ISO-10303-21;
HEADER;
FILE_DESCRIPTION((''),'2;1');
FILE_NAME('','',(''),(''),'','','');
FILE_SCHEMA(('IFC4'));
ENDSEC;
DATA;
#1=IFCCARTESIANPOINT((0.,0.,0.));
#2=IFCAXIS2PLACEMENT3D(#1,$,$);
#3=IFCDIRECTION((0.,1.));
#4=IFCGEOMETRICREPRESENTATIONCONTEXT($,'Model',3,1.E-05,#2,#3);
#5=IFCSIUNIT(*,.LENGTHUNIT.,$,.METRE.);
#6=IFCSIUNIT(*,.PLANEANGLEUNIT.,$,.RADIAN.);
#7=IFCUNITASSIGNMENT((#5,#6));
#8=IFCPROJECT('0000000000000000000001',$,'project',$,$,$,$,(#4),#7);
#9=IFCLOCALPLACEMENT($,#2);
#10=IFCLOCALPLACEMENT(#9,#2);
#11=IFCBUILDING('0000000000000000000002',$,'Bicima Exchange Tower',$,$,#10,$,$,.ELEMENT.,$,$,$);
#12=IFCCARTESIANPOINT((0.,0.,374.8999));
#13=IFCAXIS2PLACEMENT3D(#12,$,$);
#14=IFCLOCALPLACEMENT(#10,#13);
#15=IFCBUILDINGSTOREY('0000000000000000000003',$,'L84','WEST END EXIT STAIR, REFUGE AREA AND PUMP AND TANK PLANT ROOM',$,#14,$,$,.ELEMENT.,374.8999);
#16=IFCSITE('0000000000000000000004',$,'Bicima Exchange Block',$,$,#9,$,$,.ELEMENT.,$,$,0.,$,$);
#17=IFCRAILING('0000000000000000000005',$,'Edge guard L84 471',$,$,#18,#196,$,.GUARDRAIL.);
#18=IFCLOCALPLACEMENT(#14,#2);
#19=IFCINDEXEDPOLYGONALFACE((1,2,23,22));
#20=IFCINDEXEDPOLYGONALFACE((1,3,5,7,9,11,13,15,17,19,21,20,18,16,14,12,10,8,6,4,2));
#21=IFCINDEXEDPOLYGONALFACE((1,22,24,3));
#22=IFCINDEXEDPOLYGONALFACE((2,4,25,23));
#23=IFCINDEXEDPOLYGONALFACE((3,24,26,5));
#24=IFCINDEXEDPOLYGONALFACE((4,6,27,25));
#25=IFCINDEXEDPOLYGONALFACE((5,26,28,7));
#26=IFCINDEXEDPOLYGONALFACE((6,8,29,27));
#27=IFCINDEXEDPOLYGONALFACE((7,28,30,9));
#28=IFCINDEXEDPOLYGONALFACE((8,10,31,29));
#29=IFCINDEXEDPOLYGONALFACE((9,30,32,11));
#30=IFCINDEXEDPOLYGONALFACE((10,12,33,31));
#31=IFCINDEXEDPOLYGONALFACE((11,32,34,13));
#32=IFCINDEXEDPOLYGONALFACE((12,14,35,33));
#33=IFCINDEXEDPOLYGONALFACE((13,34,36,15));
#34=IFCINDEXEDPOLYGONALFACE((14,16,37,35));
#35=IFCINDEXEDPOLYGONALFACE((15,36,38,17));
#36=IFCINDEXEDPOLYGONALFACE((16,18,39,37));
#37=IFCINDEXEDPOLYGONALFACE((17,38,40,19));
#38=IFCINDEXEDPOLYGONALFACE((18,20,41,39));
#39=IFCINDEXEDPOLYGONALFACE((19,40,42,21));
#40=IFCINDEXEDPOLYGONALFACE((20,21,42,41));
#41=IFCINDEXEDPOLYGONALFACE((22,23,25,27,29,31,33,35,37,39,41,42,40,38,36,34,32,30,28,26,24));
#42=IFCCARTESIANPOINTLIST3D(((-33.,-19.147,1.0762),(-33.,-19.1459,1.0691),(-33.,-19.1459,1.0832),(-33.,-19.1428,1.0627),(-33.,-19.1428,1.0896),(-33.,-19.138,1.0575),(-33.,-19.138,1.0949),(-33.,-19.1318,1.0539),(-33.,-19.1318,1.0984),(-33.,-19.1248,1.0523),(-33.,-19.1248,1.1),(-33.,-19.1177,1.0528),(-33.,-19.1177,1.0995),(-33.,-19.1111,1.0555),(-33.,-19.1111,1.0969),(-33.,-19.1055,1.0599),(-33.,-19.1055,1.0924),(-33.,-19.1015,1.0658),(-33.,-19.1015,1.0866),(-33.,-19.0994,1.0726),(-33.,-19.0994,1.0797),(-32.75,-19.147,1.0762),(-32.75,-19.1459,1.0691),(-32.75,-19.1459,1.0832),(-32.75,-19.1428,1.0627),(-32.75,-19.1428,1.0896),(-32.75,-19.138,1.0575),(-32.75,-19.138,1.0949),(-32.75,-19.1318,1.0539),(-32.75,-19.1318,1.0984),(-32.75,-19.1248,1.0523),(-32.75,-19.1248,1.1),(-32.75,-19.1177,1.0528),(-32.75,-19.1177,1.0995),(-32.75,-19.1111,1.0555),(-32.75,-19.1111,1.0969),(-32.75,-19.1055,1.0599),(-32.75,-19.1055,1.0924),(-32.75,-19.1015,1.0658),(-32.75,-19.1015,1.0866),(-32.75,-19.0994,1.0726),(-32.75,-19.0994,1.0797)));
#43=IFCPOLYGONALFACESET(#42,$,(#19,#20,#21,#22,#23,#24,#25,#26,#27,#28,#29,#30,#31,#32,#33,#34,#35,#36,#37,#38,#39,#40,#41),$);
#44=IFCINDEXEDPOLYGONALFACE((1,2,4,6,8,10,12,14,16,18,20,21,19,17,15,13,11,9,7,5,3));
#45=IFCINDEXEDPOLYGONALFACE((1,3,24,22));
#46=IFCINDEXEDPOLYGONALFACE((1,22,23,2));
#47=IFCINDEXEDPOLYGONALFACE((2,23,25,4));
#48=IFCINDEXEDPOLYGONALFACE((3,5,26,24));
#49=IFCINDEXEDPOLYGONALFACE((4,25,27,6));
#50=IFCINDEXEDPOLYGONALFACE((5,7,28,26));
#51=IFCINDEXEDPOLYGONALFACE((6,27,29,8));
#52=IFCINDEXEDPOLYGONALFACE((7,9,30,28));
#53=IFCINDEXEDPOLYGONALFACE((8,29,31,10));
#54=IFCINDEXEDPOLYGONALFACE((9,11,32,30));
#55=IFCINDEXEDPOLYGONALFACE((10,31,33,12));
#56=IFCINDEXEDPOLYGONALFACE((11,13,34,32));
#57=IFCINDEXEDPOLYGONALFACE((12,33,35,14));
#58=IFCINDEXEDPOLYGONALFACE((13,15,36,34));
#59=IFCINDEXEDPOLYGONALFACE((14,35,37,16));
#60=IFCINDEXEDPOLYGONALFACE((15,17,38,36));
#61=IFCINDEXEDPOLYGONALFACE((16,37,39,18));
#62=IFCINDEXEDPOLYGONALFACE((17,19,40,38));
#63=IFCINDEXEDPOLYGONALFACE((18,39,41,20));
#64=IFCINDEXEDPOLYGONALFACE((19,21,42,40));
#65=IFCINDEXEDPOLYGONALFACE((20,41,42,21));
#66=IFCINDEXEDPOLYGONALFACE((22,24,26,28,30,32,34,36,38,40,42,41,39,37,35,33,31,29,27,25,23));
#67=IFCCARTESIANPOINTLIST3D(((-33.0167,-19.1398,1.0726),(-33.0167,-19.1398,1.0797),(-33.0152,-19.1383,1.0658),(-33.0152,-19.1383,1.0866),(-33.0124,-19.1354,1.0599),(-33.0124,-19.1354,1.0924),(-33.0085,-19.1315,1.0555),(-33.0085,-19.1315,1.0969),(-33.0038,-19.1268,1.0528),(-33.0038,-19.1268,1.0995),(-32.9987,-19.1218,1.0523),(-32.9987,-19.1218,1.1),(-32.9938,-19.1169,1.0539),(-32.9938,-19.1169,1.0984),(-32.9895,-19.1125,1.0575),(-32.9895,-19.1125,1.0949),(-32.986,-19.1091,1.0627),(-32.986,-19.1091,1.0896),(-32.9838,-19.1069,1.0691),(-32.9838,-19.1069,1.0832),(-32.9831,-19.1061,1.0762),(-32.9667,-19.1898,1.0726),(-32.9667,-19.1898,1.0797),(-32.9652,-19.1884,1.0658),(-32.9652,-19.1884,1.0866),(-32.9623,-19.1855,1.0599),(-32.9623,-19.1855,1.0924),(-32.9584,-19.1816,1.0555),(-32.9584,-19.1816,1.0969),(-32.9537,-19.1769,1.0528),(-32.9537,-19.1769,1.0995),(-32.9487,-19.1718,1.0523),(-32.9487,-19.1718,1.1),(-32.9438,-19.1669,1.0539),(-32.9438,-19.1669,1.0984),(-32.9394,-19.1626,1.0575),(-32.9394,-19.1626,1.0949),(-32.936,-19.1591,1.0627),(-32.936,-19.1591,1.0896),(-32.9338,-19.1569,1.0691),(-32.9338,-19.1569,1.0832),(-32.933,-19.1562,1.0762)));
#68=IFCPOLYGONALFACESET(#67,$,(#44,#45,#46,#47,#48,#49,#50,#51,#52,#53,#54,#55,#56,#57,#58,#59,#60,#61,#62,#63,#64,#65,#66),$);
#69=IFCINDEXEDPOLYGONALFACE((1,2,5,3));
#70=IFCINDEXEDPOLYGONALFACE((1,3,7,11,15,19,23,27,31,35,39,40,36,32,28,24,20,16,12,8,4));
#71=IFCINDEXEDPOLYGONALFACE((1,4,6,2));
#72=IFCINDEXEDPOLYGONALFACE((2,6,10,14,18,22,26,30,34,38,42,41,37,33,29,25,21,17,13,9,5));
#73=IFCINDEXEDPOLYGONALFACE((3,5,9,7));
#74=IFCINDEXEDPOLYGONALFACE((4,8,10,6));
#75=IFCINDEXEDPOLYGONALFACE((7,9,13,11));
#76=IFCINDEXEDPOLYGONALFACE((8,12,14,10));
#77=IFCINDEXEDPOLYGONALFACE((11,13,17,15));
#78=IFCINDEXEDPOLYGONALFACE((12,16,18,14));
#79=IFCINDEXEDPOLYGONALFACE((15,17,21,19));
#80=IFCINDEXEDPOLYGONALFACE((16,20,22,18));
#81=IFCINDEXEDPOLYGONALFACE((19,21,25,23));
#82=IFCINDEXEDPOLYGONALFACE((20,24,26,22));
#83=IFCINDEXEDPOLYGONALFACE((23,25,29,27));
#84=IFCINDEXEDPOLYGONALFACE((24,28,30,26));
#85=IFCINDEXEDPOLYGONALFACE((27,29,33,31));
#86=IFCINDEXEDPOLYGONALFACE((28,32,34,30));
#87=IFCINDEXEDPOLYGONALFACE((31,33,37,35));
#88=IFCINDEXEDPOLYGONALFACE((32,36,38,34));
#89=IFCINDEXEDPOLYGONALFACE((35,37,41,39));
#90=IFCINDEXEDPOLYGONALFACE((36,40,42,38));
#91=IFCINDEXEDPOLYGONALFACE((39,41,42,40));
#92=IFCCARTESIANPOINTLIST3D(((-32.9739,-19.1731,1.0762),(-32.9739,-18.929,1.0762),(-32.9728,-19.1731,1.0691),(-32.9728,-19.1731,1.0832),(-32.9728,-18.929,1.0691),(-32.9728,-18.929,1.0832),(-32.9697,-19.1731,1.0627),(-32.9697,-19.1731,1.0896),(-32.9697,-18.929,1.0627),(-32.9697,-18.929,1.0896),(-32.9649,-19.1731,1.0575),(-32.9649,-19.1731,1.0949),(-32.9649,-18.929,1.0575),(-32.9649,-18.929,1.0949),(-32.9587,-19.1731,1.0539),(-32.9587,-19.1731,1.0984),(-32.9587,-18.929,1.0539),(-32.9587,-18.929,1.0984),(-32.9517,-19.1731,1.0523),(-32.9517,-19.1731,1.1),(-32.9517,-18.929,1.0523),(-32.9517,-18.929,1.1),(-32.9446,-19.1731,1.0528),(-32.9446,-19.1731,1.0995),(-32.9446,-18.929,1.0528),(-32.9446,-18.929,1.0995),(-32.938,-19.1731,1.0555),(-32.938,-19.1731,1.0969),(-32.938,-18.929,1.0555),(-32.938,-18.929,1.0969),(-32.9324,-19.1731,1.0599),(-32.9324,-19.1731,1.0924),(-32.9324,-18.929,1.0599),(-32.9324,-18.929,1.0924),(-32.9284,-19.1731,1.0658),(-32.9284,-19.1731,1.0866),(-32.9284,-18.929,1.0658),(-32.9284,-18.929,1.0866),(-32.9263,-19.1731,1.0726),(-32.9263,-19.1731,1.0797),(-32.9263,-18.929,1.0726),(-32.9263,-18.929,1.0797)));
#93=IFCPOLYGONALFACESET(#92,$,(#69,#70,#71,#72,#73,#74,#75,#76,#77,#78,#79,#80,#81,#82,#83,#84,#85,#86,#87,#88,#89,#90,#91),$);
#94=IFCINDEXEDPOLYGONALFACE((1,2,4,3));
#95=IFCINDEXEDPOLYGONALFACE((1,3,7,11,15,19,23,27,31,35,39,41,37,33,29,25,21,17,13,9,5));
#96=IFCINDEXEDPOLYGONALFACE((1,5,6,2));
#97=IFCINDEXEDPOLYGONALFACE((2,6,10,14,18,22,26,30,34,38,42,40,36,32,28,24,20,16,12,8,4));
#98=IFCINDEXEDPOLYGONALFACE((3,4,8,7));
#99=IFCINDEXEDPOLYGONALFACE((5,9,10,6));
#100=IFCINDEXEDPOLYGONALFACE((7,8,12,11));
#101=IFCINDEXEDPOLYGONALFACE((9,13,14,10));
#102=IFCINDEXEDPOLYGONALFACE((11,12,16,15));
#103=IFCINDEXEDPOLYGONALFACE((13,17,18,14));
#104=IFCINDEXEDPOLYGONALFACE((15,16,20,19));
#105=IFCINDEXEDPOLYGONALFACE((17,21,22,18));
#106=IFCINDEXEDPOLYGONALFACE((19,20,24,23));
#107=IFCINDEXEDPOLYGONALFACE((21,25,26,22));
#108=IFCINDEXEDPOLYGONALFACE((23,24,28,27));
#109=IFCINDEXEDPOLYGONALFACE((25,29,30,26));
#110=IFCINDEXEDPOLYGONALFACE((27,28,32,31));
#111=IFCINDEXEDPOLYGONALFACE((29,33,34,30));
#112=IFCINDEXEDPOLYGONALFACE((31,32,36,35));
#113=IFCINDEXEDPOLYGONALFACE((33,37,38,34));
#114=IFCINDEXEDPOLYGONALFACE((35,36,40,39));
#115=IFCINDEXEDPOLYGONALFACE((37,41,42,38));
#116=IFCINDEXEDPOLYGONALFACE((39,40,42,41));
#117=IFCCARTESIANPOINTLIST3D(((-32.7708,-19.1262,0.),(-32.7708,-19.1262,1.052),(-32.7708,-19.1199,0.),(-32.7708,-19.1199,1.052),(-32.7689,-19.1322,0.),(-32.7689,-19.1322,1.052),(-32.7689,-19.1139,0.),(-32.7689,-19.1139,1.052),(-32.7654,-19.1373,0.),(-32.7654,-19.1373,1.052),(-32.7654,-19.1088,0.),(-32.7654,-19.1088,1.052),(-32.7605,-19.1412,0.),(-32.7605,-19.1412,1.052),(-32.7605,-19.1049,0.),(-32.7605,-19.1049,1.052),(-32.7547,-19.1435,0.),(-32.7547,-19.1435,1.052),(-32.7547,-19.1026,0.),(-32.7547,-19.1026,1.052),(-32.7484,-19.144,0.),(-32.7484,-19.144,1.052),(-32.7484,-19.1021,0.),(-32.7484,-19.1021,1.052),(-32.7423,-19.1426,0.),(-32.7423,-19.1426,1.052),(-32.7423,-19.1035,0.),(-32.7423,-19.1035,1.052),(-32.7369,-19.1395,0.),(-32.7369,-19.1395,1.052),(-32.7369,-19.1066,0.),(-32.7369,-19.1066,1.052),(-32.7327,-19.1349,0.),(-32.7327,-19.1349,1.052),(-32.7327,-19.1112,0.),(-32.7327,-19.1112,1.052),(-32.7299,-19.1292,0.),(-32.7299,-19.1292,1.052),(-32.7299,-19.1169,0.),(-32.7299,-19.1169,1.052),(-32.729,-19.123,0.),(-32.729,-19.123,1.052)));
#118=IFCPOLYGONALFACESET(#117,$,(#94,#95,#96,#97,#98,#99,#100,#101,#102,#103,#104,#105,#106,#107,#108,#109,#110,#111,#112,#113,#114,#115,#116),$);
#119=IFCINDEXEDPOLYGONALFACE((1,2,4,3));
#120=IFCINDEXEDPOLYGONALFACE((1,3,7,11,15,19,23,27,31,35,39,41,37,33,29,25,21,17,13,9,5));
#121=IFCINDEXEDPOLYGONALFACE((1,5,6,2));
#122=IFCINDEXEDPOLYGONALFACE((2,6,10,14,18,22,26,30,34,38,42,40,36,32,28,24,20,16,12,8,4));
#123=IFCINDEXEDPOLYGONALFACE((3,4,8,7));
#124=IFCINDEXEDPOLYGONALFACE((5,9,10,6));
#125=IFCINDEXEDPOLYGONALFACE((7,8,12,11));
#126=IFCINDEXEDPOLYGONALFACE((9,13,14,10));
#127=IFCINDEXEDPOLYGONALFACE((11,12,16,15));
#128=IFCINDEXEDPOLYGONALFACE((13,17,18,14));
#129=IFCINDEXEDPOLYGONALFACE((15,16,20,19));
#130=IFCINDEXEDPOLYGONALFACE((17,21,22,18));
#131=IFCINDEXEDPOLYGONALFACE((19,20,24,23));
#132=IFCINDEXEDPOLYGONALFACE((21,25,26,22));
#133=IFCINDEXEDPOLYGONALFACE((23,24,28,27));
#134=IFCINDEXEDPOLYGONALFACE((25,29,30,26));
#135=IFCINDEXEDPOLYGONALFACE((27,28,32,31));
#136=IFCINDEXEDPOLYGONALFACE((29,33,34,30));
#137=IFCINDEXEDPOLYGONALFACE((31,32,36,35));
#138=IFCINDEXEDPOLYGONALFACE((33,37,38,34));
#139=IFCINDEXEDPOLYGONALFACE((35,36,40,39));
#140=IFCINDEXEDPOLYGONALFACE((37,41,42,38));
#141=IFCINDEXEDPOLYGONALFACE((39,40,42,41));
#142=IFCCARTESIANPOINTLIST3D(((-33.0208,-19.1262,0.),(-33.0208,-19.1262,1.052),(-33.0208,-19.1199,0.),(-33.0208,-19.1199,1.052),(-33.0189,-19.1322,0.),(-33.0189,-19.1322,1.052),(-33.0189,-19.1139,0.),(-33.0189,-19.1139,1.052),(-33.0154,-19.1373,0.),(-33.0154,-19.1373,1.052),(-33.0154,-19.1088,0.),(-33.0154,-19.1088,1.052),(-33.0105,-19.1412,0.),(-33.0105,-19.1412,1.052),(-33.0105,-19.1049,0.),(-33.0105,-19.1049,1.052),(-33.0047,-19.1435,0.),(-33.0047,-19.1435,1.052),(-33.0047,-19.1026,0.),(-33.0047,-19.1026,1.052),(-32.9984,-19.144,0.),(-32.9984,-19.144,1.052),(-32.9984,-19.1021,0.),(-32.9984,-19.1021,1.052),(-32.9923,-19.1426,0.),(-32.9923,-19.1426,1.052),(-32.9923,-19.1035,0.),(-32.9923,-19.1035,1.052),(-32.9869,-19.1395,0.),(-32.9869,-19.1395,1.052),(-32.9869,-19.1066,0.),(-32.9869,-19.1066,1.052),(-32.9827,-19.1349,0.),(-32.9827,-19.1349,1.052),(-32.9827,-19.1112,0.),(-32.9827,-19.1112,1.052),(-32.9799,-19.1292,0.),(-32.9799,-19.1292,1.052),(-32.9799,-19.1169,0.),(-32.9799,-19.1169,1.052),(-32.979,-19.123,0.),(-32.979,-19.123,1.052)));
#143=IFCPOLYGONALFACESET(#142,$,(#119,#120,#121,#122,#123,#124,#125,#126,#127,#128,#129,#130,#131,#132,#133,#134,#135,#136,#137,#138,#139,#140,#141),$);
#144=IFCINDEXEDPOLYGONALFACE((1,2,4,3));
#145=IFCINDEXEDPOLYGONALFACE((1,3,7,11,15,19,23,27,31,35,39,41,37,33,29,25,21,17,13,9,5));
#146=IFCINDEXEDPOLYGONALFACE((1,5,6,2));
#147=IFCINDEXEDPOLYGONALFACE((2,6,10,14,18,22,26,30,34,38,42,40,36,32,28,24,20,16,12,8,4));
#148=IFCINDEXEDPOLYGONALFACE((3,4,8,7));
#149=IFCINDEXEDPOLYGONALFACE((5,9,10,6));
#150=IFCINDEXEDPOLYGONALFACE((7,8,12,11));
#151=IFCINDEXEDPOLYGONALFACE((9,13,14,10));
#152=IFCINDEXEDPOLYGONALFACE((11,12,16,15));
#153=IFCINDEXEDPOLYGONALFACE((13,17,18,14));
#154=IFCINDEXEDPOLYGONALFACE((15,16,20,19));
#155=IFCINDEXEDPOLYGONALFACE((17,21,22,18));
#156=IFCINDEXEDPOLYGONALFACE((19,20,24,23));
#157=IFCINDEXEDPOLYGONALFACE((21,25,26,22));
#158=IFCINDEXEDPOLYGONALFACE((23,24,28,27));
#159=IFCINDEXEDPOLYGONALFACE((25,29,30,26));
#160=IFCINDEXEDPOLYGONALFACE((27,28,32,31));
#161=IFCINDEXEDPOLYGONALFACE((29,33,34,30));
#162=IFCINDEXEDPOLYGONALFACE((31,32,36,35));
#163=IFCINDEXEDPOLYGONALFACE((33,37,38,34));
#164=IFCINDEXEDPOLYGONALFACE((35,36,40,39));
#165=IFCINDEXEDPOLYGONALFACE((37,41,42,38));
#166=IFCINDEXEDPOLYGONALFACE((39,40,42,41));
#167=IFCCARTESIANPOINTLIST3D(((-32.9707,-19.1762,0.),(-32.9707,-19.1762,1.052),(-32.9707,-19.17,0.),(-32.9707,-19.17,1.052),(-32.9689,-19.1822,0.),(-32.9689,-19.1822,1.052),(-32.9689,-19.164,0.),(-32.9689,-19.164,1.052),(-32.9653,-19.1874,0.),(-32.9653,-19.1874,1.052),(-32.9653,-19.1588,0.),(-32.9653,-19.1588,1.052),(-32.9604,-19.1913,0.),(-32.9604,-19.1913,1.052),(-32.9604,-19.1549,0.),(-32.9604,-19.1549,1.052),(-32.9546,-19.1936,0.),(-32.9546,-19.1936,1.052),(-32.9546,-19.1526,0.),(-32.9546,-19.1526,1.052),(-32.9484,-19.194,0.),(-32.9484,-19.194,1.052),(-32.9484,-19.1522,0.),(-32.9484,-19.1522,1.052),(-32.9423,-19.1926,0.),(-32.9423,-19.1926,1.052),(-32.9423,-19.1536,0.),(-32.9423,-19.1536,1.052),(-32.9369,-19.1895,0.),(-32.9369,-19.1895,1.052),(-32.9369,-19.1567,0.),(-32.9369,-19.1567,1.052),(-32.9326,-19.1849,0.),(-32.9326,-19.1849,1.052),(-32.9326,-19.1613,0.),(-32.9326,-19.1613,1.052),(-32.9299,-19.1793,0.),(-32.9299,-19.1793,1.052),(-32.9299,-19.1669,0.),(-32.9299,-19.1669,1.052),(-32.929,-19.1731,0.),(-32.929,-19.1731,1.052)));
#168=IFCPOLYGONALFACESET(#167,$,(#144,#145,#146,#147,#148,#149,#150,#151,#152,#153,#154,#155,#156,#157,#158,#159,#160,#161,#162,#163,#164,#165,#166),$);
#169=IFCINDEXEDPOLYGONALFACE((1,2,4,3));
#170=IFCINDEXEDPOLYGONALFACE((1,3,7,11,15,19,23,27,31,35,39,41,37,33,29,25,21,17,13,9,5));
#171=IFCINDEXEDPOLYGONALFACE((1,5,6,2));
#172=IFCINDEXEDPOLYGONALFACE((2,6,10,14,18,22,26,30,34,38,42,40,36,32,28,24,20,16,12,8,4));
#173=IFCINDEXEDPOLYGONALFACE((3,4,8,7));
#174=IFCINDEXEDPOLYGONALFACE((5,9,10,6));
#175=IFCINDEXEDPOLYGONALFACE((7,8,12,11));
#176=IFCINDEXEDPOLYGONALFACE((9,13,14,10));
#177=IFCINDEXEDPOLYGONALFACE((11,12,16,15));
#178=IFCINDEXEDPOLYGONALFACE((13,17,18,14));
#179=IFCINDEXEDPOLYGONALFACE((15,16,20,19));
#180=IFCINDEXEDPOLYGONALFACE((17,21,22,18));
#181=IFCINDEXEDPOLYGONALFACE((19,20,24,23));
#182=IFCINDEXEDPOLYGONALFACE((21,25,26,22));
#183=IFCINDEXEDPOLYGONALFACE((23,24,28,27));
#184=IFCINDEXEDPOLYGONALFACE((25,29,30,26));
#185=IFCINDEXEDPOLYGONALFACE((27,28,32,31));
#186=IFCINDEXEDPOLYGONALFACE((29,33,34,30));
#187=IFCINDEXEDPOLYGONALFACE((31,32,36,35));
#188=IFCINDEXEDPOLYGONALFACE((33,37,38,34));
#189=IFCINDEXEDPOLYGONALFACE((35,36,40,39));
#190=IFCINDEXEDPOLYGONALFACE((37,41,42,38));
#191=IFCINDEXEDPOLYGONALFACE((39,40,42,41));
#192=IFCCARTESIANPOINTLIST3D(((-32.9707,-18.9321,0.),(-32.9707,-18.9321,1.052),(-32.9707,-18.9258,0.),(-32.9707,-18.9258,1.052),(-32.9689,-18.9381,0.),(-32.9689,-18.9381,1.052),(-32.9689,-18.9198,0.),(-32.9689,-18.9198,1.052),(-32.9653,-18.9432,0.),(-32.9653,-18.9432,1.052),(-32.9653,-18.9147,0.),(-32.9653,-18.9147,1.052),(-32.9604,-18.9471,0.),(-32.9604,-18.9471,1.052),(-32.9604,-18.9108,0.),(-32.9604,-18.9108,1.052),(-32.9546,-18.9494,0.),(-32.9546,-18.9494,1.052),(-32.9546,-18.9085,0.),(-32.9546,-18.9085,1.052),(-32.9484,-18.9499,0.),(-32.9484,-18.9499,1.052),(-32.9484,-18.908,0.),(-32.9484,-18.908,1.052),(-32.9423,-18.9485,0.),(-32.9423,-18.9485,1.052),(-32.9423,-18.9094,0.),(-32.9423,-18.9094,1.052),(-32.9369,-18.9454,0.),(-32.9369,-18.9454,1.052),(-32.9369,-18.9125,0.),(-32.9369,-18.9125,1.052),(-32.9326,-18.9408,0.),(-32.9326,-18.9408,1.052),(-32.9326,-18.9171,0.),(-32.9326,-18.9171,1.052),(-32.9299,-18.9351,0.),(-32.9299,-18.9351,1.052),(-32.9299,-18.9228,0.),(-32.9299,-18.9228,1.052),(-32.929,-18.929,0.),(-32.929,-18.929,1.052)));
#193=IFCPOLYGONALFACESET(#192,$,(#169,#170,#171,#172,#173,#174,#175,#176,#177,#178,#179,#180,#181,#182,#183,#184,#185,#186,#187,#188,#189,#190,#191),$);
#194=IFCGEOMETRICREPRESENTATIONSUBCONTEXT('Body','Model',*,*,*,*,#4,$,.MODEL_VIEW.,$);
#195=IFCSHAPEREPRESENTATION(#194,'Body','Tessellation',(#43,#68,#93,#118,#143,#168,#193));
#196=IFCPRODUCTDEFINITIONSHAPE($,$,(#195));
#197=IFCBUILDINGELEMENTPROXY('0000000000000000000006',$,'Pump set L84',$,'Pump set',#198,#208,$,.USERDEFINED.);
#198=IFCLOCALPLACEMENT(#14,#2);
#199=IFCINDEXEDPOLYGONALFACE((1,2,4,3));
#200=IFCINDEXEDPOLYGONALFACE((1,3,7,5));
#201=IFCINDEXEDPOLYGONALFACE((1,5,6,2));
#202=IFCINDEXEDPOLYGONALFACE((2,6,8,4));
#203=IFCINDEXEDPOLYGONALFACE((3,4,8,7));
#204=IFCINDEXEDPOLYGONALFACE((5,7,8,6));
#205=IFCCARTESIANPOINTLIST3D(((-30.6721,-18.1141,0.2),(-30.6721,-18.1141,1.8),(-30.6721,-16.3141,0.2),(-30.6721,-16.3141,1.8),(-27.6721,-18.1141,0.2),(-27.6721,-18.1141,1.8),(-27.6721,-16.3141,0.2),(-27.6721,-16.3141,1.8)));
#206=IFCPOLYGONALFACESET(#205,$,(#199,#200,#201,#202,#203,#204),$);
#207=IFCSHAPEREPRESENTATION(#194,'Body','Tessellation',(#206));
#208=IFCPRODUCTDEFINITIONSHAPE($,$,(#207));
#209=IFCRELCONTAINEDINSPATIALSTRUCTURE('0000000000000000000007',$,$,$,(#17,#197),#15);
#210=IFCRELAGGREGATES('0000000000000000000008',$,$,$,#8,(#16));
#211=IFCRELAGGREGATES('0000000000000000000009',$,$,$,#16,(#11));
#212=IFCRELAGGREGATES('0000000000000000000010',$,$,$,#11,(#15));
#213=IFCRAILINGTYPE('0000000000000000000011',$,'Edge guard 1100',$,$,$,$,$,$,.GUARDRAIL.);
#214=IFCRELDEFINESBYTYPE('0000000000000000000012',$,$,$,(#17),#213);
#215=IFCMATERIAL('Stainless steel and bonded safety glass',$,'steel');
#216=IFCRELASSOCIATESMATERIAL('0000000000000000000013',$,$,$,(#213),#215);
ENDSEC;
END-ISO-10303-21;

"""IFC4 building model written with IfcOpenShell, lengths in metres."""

from ifc_helpers import new_model, si_unit, direction, frame, origin, origin_2d, place, context, subcontext, project, spatial, rectangle, circle, extrude, material, type_object, element, save


model = new_model("IFC4")

# Units and contexts
model_context = context("Model", 3, precision=1e-05, world=origin(), true_north=direction((0.0, 1.0)))
body_context = subcontext(model_context, "Body", "Model", "MODEL_VIEW")
ifc_project = project(units=[si_unit("LENGTHUNIT", "METRE"), si_unit("PLANEANGLEUNIT", "RADIAN")], contexts=[model_context])

# Site, building, storey
site_placement = place(None, origin())
site = spatial("IfcSite", under=ifc_project, at=site_placement, Name="Bicima Exchange Block", CompositionType="ELEMENT", RefElevation=0.0)
building_placement = place(site_placement, origin())
building = spatial("IfcBuilding", under=site, at=building_placement, Name="Bicima Exchange Tower", CompositionType="ELEMENT")
storey_placement = place(building_placement, frame((0.0, 0.0, 374.8999)))
storey = spatial("IfcBuildingStorey", under=building, at=storey_placement, Name="L84", Description="WEST END EXIT STAIR, REFUGE AREA AND PUMP AND TANK PLANT ROOM", CompositionType="ELEMENT", Elevation=374.8999)

# Railing
ifc_material_1 = material(Name="Stainless steel and bonded safety glass", Category="steel")
railing_type = type_object("IfcRailingType", Name="Edge guard 1100", PredefinedType="GUARDRAIL", material=ifc_material_1)
railing_placement = place(storey_placement, frame((-32.75, -19.123, 0.0)))
element("IfcRailing", 1, at=railing_placement, inside=storey, type_object=railing_type, Name="Edge guard L84 471", PredefinedType="GUARDRAIL", context=body_context, shape_type="SweptSolid", body=[
    extrude(circle(Radius=0.0239, at=origin_2d()), frame((0.0, 0.0, 1.0762), z_axis=(-1.0, 0.0, 0.0), x_axis=(0.0, -1.0, 0.0)), (0.0, 0.0, 1.0), 0.25),
    extrude(circle(Radius=0.0239, at=origin_2d()), frame((-0.25, 0.0, 1.0762), z_axis=(0.707107, -0.707107, 0.0), x_axis=(0.707107, 0.707107, 0.0)), (0.0, 0.0, 1.0), 0.0708),
    extrude(circle(Radius=0.0239, at=origin_2d()), frame((-0.2, -0.05, 1.0762), z_axis=(0.0, 1.0, 0.0), x_axis=(-1.0, 0.0, 0.0)), (0.0, 0.0, 1.0), 0.2441),
    extrude(circle(Radius=0.021, at=origin_2d()), origin(), (0.0, 0.0, 1.0), 1.052),
    extrude(circle(Radius=0.021, at=origin_2d()), frame((-0.25, 0.0, 0.0)), (0.0, 0.0, 1.0), 1.052),
    extrude(circle(Radius=0.021, at=origin_2d()), frame((-0.2, -0.05, 0.0)), (0.0, 0.0, 1.0), 1.052),
    extrude(circle(Radius=0.021, at=origin_2d()), frame((-0.2, 0.1941, 0.0)), (0.0, 0.0, 1.0), 1.052),
])

# Building element proxy
proxy_placement = place(storey_placement, frame((-29.1721, -17.2141, 0.2), z_axis=(0.0, 0.0, 1.0), x_axis=(1.0, 0.0, 0.0)))
element("IfcBuildingElementProxy", 2, at=proxy_placement, inside=storey, Name="Pump set L84", ObjectType="Pump set", PredefinedType="USERDEFINED", context=body_context, shape_type="SweptSolid", body=[
    extrude(rectangle(XDim=3.0, YDim=1.8, at=origin_2d()), origin(), (0.0, 0.0, 1.0), 1.6001),
])

save(model, "model.ifc")
